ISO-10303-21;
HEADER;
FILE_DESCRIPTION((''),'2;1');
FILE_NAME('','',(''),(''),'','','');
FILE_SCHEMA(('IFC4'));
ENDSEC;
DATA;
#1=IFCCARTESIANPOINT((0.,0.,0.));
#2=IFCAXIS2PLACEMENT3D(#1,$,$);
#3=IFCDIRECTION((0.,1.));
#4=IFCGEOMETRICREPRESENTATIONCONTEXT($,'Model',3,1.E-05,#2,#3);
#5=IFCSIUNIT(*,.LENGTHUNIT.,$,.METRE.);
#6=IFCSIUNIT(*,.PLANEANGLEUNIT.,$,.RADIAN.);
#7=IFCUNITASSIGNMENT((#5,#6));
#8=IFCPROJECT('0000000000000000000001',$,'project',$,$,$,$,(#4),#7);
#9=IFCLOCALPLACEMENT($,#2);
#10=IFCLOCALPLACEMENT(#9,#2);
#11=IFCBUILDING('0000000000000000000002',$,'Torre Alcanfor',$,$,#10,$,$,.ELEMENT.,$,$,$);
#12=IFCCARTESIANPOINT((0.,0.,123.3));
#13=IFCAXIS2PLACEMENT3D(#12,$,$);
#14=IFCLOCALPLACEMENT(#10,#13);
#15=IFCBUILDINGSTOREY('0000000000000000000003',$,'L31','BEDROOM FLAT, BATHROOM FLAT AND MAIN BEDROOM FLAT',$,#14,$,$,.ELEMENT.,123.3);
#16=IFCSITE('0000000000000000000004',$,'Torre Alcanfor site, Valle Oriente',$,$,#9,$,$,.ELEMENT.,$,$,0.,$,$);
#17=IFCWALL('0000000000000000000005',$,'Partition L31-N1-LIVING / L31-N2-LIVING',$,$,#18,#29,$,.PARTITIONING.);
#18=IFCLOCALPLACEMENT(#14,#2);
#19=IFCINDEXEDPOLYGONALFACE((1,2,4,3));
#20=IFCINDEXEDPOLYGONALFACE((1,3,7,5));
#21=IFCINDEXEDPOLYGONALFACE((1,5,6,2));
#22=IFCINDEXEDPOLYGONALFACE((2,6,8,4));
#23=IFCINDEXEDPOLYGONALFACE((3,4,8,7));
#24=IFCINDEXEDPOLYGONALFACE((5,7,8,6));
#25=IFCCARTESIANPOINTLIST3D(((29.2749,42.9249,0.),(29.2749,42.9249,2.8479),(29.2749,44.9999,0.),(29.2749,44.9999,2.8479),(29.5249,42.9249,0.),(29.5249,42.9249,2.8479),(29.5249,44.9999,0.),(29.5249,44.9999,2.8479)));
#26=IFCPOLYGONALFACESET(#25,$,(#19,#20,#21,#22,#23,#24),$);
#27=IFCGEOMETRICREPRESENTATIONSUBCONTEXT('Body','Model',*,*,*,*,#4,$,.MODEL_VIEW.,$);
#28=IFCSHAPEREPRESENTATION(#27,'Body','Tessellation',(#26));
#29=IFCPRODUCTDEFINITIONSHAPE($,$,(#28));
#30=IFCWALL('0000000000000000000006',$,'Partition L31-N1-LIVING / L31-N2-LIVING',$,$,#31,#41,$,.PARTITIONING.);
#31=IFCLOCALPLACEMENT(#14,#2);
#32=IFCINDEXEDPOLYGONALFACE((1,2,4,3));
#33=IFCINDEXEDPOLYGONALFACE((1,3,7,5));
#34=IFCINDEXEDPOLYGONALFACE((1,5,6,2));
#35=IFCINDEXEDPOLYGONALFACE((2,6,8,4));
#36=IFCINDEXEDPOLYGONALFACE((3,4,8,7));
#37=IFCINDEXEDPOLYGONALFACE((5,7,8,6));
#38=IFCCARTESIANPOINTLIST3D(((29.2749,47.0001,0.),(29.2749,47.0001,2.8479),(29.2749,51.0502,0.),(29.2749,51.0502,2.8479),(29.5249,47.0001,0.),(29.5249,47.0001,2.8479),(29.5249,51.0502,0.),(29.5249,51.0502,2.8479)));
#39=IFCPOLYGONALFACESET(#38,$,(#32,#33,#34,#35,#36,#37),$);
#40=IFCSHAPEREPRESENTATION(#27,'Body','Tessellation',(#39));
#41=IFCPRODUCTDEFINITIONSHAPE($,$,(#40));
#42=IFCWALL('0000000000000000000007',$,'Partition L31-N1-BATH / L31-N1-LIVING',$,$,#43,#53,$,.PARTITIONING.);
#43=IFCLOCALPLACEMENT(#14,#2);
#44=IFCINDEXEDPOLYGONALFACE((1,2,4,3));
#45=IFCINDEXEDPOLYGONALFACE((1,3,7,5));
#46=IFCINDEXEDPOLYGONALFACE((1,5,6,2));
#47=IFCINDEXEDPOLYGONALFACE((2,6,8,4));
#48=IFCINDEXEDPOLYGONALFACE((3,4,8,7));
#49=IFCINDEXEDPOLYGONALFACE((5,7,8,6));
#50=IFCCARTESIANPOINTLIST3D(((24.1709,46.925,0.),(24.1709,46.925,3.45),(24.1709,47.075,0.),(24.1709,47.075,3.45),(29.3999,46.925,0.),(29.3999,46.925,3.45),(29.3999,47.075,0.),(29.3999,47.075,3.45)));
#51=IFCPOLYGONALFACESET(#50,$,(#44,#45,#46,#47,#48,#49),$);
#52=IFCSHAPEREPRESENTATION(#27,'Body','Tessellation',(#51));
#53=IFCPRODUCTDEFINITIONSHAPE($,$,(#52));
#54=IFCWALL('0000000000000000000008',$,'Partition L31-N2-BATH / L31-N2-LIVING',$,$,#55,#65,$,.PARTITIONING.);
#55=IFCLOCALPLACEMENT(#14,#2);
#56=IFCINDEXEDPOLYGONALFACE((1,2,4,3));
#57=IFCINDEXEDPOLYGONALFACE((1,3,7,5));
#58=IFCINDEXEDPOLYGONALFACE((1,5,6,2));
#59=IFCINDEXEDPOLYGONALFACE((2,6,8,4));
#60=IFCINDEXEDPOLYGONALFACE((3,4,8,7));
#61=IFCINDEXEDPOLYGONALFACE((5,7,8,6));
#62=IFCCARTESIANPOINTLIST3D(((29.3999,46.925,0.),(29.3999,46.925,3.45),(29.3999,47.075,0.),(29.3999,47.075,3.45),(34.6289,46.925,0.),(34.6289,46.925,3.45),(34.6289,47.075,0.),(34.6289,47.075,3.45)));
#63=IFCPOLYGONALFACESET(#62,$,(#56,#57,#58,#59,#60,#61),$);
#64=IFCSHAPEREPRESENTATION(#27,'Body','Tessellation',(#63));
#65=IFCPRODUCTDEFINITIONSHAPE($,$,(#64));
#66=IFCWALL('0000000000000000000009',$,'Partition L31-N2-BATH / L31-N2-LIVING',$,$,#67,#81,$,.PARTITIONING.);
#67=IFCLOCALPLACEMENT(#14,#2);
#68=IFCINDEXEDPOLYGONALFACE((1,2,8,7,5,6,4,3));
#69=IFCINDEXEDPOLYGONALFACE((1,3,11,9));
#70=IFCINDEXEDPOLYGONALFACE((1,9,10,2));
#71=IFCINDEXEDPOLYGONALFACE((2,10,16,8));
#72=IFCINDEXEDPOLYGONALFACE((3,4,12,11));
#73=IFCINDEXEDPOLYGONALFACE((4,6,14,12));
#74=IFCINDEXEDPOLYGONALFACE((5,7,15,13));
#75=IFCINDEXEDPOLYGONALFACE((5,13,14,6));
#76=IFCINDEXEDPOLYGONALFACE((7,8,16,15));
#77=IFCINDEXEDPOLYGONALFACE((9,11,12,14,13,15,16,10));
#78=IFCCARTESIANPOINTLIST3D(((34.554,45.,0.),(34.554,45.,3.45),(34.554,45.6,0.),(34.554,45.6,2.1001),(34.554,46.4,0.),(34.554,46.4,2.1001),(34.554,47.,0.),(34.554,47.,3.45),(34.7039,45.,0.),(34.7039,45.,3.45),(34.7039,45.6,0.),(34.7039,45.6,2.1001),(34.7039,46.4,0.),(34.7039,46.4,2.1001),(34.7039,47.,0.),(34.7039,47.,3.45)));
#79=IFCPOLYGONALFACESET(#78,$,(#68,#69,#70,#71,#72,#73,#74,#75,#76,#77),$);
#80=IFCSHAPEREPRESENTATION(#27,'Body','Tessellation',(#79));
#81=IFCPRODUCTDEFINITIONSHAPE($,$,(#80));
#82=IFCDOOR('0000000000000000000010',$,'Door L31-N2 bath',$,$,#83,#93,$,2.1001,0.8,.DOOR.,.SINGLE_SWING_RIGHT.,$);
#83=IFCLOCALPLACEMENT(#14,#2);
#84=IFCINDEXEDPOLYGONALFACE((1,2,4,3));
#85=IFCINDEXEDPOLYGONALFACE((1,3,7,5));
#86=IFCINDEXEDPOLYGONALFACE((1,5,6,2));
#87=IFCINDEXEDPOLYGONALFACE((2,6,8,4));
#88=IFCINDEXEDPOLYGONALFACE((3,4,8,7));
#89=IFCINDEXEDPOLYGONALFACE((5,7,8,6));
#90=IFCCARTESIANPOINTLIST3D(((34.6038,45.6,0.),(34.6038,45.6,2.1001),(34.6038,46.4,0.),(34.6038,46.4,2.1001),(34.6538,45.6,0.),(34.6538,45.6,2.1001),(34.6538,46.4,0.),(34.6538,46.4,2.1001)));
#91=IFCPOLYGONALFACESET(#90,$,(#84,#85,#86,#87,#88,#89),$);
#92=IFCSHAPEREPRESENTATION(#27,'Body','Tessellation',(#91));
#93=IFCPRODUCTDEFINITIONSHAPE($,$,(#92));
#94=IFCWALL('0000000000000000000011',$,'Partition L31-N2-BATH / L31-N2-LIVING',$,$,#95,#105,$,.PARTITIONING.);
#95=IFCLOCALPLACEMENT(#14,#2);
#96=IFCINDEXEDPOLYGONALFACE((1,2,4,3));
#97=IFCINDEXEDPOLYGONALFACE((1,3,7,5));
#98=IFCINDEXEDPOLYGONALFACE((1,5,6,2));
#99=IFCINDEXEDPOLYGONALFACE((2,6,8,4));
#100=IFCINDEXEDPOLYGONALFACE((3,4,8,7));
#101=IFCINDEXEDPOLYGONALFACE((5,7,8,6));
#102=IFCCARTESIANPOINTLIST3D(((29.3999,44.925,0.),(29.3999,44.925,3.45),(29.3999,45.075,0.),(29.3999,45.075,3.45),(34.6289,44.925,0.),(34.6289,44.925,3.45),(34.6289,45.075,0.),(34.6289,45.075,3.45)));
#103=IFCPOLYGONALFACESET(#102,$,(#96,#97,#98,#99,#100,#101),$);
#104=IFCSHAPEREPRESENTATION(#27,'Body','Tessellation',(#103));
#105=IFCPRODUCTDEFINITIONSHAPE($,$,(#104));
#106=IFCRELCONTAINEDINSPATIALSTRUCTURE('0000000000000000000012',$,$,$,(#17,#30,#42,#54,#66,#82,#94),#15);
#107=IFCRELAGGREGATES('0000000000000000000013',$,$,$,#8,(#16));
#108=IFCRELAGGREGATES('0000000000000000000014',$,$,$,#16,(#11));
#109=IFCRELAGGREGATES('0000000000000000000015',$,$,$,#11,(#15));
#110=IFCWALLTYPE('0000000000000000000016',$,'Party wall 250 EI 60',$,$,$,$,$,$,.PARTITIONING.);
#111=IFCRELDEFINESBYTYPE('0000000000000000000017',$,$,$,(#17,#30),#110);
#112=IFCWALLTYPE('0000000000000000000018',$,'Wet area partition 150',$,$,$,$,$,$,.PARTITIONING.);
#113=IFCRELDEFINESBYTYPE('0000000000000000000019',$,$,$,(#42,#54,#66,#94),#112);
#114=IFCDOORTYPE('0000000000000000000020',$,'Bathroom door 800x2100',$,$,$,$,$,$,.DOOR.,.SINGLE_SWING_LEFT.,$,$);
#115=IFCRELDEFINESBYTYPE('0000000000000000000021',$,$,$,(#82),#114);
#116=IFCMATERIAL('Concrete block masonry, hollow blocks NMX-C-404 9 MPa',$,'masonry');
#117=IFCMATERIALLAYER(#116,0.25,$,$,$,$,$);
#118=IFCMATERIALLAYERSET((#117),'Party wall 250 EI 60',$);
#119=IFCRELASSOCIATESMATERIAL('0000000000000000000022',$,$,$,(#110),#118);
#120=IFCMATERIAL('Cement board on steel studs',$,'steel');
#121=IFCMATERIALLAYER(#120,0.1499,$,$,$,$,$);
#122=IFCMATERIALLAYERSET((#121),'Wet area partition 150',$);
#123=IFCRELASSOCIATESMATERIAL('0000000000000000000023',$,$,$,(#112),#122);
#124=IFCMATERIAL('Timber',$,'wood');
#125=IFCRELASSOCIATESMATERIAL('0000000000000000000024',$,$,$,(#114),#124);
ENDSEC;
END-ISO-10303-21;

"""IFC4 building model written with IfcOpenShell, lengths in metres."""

from ifc_helpers import new_model, si_unit, direction, frame, frame_2d, origin, place, context, subcontext, project, spatial, rectangle, extrude, material, layer, layer_set, type_object, element, fill, save


model = new_model("IFC4")

# Units and contexts
model_context = context("Model", 3, precision=1e-05, world=origin(), true_north=direction((0.0, 1.0)))
body_context = subcontext(model_context, "Body", "Model", "MODEL_VIEW")
ifc_project = project(units=[si_unit("LENGTHUNIT", "METRE"), si_unit("PLANEANGLEUNIT", "RADIAN")], contexts=[model_context])

# Site, building, storey
site_placement = place(None, origin())
site = spatial("IfcSite", under=ifc_project, at=site_placement, Name="Torre Alcanfor site, Valle Oriente", CompositionType="ELEMENT", RefElevation=0.0)
building_placement = place(site_placement, origin())
building = spatial("IfcBuilding", under=site, at=building_placement, Name="Torre Alcanfor", CompositionType="ELEMENT")
storey_placement = place(building_placement, frame((0.0, 0.0, 123.3)))
storey = spatial("IfcBuildingStorey", under=building, at=storey_placement, Name="L31", Description="BEDROOM FLAT, BATHROOM FLAT AND MAIN BEDROOM FLAT", CompositionType="ELEMENT", Elevation=123.3)

# Walls
ifc_material_1 = material(Name="Concrete block masonry, hollow blocks NMX-C-404 9 MPa", Category="masonry")
ifc_layer_1 = layer(ifc_material_1, 0.25)
ifc_layer_set_1 = layer_set([ifc_layer_1], Name="Party wall 250 EI 60")
wall_type_1 = type_object("IfcWallType", Name="Party wall 250 EI 60", PredefinedType="PARTITIONING", material=ifc_layer_set_1)
wall_1_placement = place(storey_placement, frame((29.3999, 45.0, 0.0), z_axis=(0.0, 0.0, 1.0), x_axis=(0.0, -1.0, 0.0)))
element("IfcWall", 1, at=wall_1_placement, inside=storey, type_object=wall_type_1, Name="Partition L31-N1-LIVING / L31-N2-LIVING", PredefinedType="PARTITIONING", context=body_context, shape_type="SweptSolid", body=[
    extrude(rectangle(XDim=2.075, YDim=0.25, at=frame_2d((1.0376, 0.0))), origin(), (0.0, 0.0, 1.0), 2.8479),
])
wall_2_placement = place(storey_placement, frame((29.3999, 51.05, 0.0), z_axis=(0.0, 0.0, 1.0), x_axis=(0.0, -1.0, 0.0)))
element("IfcWall", 2, at=wall_2_placement, inside=storey, type_object=wall_type_1, Name="Partition L31-N1-LIVING / L31-N2-LIVING", PredefinedType="PARTITIONING", context=body_context, shape_type="SweptSolid", body=[
    extrude(rectangle(XDim=4.05, YDim=0.25, at=frame_2d((2.0249, 0.0))), origin(), (0.0, 0.0, 1.0), 2.8479),
])
ifc_material_2 = material(Name="Cement board on steel studs", Category="steel")
ifc_layer_2 = layer(ifc_material_2, 0.1499)
ifc_layer_set_2 = layer_set([ifc_layer_2], Name="Wet area partition 150")
wall_type_2 = type_object("IfcWallType", Name="Wet area partition 150", PredefinedType="PARTITIONING", material=ifc_layer_set_2)
for number, where, z_axis, x_axis, name in (
    (3, (29.3999, 47.0, 0.0), (0.0, 0.0, 1.0), (-1.0, 0.0, 0.0), "Partition L31-N1-BATH / L31-N1-LIVING"),
    (4, (29.3999, 47.0, 0.0), (0.0, 0.0, 1.0), (1.0, 0.0, 0.0), "Partition L31-N2-BATH / L31-N2-LIVING"),
):
    element("IfcWall", number, at=place(storey_placement, frame(where, z_axis=z_axis, x_axis=x_axis)), inside=storey, type_object=wall_type_2, Name=name, PredefinedType="PARTITIONING", context=body_context, shape_type="SweptSolid", body=[
        extrude(rectangle(XDim=5.229, YDim=0.1499, at=frame_2d((2.6145, 0.0))), origin(), (0.0, 0.0, 1.0), 3.45),
    ])

# Wall, opening, door
wall_3_placement = place(storey_placement, frame((34.6289, 47.0, 0.0), z_axis=(0.0, 0.0, 1.0), x_axis=(0.0, -1.0, 0.0)))
wall_3 = element("IfcWall", 5, at=wall_3_placement, inside=storey, type_object=wall_type_2, Name="Partition L31-N2-BATH / L31-N2-LIVING", PredefinedType="PARTITIONING", context=body_context, shape_type="SweptSolid", body=[
    extrude(rectangle(XDim=2.0, YDim=0.1499, at=frame_2d((1.0, 0.0))), origin(), (0.0, 0.0, 1.0), 3.45),
])
opening_1_placement = place(wall_3_placement, frame((0.6001, 0.0, 0.0)))
opening_1 = element("IfcOpeningElement", 6, at=opening_1_placement, cuts=wall_3, PredefinedType="OPENING", context=body_context, shape_type="SweptSolid", body=[
    extrude(rectangle(XDim=0.8, YDim=2.1001, at=frame_2d((0.3999, 1.05))), frame((0.0, 0.085, 0.0), z_axis=(0.0, -1.0, 0.0), x_axis=(1.0, 0.0, 0.0)), (0.0, 0.0, 1.0), 0.1699),
])
ifc_material_3 = material(Name="Timber", Category="wood")
door_type_1 = type_object("IfcDoorType", Name="Bathroom door 800x2100", OperationType="SINGLE_SWING_LEFT", PredefinedType="DOOR", material=ifc_material_3)
door_1_placement = place(opening_1_placement, frame((0.8, 0.0, 0.0), z_axis=(0.0, 0.0, 1.0), x_axis=(-1.0, 0.0, 0.0)))
door_1 = element("IfcDoor", 7, at=door_1_placement, inside=storey, type_object=door_type_1, Name="Door L31-N2 bath", OperationType="SINGLE_SWING_RIGHT", OverallHeight=2.1001, OverallWidth=0.8, PredefinedType="DOOR", context=body_context, shape_type="SweptSolid", body=[
    extrude(rectangle(XDim=0.8, YDim=2.1001, at=frame_2d((0.4001, 1.05))), frame((0.0, 0.0251, 0.0), z_axis=(0.0, -1.0, 0.0), x_axis=(1.0, 0.0, 0.0)), (0.0, 0.0, 1.0), 0.05),
])
fill(opening_1, door_1)

# Wall
wall_4_placement = place(storey_placement, frame((34.6289, 45.0, 0.0), z_axis=(0.0, 0.0, 1.0), x_axis=(-1.0, 0.0, 0.0)))
element("IfcWall", 8, at=wall_4_placement, inside=storey, type_object=wall_type_2, Name="Partition L31-N2-BATH / L31-N2-LIVING", PredefinedType="PARTITIONING", context=body_context, shape_type="SweptSolid", body=[
    extrude(rectangle(XDim=5.229, YDim=0.1499, at=frame_2d((2.6145, 0.0))), origin(), (0.0, 0.0, 1.0), 3.45),
])

save(model, "model.ifc")
